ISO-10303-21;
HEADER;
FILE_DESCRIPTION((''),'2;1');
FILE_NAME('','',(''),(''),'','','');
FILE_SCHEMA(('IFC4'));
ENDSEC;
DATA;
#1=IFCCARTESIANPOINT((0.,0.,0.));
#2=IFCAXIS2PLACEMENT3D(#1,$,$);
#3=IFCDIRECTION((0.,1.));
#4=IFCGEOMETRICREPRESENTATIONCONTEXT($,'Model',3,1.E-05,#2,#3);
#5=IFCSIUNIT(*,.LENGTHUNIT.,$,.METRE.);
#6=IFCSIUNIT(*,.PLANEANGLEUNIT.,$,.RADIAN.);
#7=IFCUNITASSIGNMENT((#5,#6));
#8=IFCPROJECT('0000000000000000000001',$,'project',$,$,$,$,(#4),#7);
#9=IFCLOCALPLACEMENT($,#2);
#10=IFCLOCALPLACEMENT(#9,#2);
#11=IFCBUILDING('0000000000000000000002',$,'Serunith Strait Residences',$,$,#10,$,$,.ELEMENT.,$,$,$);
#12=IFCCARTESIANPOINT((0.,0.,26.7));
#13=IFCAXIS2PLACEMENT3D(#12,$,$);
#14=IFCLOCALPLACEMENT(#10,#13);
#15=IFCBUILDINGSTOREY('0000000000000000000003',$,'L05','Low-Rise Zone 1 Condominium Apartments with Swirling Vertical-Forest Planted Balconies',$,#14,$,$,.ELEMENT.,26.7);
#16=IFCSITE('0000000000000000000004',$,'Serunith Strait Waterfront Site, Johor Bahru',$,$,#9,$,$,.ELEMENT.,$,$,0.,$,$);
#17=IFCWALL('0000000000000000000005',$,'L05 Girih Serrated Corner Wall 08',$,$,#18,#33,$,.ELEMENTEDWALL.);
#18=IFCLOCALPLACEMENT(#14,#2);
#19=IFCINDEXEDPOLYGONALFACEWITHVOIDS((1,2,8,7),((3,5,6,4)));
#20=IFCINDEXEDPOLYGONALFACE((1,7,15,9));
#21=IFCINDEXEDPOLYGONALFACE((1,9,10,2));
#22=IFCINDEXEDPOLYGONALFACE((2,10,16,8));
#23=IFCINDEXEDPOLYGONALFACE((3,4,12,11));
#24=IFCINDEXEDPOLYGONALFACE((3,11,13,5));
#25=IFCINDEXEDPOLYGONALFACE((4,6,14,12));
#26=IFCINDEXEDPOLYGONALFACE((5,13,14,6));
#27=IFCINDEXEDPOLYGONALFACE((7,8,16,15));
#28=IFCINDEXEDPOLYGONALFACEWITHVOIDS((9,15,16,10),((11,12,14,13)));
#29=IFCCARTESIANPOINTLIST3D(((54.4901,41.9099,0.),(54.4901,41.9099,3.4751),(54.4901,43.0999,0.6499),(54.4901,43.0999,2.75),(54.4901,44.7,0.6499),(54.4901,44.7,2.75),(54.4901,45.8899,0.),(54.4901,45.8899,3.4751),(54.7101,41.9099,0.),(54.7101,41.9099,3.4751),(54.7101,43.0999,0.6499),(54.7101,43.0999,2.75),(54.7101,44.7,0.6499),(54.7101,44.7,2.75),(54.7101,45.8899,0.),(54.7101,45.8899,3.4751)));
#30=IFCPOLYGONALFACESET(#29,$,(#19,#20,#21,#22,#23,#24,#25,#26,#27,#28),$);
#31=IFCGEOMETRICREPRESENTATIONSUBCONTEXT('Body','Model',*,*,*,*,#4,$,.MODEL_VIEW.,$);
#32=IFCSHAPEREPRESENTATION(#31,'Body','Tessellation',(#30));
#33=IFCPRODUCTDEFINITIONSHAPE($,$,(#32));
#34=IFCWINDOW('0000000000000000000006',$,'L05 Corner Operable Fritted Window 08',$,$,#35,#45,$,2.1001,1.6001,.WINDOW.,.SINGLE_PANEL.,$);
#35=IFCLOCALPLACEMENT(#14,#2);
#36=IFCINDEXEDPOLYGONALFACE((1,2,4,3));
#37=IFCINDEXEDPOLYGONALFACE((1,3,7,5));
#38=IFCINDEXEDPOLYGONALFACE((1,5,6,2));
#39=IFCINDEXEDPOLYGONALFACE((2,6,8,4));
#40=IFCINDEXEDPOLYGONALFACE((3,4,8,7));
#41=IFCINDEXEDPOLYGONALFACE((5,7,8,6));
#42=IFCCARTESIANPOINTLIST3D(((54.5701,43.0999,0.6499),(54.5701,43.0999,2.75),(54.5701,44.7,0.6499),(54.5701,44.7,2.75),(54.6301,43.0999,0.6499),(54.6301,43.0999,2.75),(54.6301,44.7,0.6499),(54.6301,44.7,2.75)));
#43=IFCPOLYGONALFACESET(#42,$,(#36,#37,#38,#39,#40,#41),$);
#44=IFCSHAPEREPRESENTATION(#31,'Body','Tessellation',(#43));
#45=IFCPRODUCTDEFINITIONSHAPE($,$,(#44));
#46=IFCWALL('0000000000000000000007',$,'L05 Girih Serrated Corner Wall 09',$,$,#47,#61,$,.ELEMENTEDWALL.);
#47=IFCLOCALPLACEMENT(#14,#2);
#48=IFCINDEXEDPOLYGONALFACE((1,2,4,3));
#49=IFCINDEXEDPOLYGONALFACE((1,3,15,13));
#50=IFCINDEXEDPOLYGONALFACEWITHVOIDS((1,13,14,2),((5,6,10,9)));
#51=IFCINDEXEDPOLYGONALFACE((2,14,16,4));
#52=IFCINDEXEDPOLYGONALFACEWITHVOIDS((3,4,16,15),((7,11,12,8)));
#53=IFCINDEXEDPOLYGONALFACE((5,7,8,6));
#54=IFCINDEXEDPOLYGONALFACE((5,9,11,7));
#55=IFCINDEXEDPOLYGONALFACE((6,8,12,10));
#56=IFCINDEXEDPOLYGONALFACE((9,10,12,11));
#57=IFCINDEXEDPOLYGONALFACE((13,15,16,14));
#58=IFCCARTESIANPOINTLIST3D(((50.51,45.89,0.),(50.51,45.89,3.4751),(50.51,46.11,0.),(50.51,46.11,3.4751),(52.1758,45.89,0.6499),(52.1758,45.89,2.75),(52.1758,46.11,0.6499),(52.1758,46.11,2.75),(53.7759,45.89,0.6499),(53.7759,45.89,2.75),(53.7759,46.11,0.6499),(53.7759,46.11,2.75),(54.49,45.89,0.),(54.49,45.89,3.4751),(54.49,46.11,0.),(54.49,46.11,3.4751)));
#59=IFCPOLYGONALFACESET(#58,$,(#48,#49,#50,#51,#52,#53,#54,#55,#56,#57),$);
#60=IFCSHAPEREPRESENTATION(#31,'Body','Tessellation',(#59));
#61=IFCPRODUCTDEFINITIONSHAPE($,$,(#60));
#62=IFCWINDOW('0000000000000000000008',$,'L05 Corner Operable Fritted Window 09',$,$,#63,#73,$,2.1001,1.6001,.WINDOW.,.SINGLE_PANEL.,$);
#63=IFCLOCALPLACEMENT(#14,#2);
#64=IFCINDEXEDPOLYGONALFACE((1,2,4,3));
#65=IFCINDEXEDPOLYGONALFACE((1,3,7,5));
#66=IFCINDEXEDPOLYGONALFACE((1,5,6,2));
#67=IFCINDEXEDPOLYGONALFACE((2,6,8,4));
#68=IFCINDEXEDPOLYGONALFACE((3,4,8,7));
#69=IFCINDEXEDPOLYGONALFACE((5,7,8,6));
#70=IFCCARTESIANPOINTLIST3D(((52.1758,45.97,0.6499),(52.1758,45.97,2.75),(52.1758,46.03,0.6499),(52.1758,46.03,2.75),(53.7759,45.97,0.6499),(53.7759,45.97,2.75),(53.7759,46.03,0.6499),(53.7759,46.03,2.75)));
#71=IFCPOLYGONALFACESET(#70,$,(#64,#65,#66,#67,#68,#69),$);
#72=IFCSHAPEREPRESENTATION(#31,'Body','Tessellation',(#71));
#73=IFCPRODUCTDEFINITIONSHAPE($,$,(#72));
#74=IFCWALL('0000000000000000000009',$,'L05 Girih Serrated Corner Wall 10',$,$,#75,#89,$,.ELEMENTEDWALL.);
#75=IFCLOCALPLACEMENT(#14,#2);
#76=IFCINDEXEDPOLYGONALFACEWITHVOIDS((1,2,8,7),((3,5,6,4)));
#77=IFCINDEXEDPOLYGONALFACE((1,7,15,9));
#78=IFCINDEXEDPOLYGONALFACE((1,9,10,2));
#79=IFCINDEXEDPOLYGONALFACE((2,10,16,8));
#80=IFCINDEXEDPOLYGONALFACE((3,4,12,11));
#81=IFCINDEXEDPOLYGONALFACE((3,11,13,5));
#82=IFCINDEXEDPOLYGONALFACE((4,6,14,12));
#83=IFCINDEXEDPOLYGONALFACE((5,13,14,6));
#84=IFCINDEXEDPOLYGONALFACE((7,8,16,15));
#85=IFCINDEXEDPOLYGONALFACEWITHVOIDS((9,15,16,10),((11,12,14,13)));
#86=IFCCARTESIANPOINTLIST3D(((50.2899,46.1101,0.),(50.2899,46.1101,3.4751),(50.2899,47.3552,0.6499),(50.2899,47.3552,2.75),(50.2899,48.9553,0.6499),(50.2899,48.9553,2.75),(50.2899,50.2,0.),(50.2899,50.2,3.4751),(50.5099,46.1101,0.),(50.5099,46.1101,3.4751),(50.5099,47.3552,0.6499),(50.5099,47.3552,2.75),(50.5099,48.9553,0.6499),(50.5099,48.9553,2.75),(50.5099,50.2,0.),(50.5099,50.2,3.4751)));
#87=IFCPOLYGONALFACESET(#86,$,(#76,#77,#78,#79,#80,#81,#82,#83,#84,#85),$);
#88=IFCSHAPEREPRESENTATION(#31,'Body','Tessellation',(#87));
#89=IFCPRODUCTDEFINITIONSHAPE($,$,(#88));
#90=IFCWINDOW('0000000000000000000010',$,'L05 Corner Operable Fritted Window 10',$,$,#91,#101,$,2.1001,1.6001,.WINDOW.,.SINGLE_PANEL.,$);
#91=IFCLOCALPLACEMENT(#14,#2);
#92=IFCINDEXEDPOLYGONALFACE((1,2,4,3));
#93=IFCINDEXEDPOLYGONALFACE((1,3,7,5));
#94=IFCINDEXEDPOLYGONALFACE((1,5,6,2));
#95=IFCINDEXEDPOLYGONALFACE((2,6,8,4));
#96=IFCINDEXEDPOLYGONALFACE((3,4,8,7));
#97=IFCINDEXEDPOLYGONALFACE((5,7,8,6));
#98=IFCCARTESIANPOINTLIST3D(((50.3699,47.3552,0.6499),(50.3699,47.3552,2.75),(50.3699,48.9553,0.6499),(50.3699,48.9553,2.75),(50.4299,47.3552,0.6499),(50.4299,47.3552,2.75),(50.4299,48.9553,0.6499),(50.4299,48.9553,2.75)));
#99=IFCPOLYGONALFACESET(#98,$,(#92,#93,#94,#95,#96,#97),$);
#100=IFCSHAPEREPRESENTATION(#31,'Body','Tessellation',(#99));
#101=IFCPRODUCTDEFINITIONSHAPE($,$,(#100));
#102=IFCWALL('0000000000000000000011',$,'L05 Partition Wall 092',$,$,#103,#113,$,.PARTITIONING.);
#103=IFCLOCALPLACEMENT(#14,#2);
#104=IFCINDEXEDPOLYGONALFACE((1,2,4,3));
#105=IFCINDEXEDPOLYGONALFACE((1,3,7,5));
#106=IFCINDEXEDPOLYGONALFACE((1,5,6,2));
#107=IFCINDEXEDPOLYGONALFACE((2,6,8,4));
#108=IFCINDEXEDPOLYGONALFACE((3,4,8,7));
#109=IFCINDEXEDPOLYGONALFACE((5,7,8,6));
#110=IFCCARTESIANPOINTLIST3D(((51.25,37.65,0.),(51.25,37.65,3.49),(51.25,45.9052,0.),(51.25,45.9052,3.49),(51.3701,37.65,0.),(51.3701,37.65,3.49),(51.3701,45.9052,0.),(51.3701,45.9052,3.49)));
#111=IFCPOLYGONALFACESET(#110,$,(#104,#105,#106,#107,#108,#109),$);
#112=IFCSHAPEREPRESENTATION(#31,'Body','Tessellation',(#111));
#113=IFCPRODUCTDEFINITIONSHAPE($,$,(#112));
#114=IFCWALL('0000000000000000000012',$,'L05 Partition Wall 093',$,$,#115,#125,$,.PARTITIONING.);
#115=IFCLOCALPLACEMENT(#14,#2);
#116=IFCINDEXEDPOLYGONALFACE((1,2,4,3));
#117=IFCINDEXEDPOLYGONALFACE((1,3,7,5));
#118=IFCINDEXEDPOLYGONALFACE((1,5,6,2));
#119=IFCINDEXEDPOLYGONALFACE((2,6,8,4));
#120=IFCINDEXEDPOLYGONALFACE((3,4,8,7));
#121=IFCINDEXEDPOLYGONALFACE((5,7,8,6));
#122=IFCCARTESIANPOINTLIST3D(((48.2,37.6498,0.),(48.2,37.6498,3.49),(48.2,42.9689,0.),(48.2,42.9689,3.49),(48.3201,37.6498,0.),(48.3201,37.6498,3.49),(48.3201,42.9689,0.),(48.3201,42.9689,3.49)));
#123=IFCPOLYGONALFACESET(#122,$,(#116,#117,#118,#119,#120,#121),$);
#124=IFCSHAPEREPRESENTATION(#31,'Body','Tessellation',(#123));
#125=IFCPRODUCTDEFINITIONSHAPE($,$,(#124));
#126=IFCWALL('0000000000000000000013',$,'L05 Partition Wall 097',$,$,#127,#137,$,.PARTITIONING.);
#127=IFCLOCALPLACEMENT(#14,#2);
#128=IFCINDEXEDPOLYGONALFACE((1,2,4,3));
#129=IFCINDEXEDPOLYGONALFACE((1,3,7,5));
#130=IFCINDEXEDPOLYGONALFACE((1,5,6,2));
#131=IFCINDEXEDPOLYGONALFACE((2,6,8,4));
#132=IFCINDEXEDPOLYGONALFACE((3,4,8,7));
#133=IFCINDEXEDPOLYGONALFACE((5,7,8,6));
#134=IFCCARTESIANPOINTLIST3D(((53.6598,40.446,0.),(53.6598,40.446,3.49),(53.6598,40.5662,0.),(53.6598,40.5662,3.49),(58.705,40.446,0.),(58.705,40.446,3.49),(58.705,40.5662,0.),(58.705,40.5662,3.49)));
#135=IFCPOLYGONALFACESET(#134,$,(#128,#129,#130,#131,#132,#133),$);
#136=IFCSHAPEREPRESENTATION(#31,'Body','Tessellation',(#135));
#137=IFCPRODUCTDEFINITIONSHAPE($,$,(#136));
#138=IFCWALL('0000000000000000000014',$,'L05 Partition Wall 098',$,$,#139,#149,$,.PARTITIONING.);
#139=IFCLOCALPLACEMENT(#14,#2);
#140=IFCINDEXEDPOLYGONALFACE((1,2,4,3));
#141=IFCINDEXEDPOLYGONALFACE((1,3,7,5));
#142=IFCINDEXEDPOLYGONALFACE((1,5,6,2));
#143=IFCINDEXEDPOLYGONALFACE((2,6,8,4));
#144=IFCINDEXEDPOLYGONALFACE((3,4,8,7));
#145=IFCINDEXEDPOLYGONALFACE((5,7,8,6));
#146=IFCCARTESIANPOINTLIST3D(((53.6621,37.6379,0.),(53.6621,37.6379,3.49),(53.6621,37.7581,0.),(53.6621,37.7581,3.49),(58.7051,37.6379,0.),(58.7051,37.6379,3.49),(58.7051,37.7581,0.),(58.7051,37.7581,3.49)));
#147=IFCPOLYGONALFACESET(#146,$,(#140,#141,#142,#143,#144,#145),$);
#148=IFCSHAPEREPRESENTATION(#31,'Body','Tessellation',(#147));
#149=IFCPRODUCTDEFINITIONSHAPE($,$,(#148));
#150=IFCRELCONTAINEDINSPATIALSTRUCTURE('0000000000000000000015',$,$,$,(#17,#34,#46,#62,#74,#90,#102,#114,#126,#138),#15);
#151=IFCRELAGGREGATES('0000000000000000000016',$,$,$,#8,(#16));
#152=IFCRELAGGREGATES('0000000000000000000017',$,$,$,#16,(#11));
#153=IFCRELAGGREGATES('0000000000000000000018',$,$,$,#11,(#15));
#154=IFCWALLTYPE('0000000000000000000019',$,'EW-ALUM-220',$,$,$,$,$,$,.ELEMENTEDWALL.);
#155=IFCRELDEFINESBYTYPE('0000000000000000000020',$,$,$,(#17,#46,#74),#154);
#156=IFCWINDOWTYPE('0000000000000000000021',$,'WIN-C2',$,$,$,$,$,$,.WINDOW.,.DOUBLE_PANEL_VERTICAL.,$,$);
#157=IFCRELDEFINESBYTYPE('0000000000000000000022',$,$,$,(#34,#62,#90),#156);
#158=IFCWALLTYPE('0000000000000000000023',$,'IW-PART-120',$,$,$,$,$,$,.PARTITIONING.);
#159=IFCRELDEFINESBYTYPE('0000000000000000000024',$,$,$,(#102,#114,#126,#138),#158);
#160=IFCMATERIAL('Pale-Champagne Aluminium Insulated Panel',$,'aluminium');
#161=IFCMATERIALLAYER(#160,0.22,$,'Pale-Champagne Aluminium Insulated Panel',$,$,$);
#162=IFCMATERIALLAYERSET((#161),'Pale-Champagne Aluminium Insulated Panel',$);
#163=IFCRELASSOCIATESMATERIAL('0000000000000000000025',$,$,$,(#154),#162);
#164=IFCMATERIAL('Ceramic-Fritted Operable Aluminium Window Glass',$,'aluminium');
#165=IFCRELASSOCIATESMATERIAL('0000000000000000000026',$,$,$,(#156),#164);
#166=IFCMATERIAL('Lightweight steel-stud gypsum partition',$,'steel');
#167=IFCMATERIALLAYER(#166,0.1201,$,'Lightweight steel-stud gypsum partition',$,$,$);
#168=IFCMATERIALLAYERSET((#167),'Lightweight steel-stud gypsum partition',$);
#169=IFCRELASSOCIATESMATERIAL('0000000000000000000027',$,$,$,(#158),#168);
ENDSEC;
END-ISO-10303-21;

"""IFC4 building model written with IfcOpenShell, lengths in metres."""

from ifc_helpers import new_model, si_unit, direction, frame, frame_2d, origin, place, context, subcontext, project, spatial, rectangle, extrude, source, transform, mapped, material, layer, layer_set, type_object, element, fill, save


model = new_model("IFC4")

# Units and contexts
model_context = context("Model", 3, precision=1e-05, world=origin(), true_north=direction((0.0, 1.0)))
body_context = subcontext(model_context, "Body", "Model", "MODEL_VIEW")
ifc_project = project(units=[si_unit("LENGTHUNIT", "METRE"), si_unit("PLANEANGLEUNIT", "RADIAN")], contexts=[model_context])

# Site, building, storey
site_placement = place(None, origin())
site = spatial("IfcSite", under=ifc_project, at=site_placement, Name="Serunith Strait Waterfront Site, Johor Bahru", CompositionType="ELEMENT", RefElevation=0.0)
building_placement = place(site_placement, origin())
building = spatial("IfcBuilding", under=site, at=building_placement, Name="Serunith Strait Residences", CompositionType="ELEMENT")
storey_placement = place(building_placement, frame((0.0, 0.0, 26.7)))
storey = spatial("IfcBuildingStorey", under=building, at=storey_placement, Name="L05", Description="Low-Rise Zone 1 Condominium Apartments with Swirling Vertical-Forest Planted Balconies", CompositionType="ELEMENT", Elevation=26.7)

# Walls, openings, windows
ifc_material_1 = material(Name="Pale-Champagne Aluminium Insulated Panel", Category="aluminium")
ifc_layer_1 = layer(ifc_material_1, 0.22, Name="Pale-Champagne Aluminium Insulated Panel")
ifc_layer_set_1 = layer_set([ifc_layer_1], Name="Pale-Champagne Aluminium Insulated Panel")
wall_type_1 = type_object("IfcWallType", Name="EW-ALUM-220", PredefinedType="ELEMENTEDWALL", material=ifc_layer_set_1)
ifc_material_2 = material(Name="Ceramic-Fritted Operable Aluminium Window Glass", Category="aluminium")
window_type = type_object("IfcWindowType", Name="WIN-C2", PartitioningType="DOUBLE_PANEL_VERTICAL", PredefinedType="WINDOW", material=ifc_material_2)
shared_shape_1 = source(origin(), body_context, "Body", "SweptSolid", [
    extrude(rectangle(XDim=1.6001, YDim=2.1001, at=frame_2d((0.8, 1.05))), frame((0.0, 0.03, 0.0), z_axis=(0.0, -1.0, 0.0), x_axis=(1.0, 0.0, 0.0)), (0.0, 0.0, 1.0), 0.0601),
])
wall_1_placement = place(storey_placement, frame((54.6001, 41.9099, 0.0), z_axis=(0.0, 0.0, 1.0), x_axis=(0.0, 1.0, 0.0)))
wall_1 = element("IfcWall", 1, at=wall_1_placement, inside=storey, type_object=wall_type_1, Name="L05 Girih Serrated Corner Wall 08", PredefinedType="ELEMENTEDWALL", context=body_context, shape_type="SweptSolid", body=[
    extrude(rectangle(XDim=3.98, YDim=0.22, at=frame_2d((1.99, 0.0))), origin(), (0.0, 0.0, 1.0), 3.4751),
])
opening_1_placement = place(wall_1_placement, frame((1.1899, 0.0, 0.6499)))
opening_1 = element("IfcOpeningElement", 2, at=opening_1_placement, cuts=wall_1, PredefinedType="OPENING", context=body_context, shape_type="SweptSolid", body=[
    extrude(rectangle(XDim=1.6001, YDim=2.1001, at=frame_2d((0.8, 1.05))), frame((0.0, 0.1201, 0.0), z_axis=(0.0, -1.0, 0.0), x_axis=(1.0, 0.0, 0.0)), (0.0, 0.0, 1.0), 0.24),
])
window_1_placement = place(opening_1_placement, origin())
window_1 = element("IfcWindow", 3, at=window_1_placement, inside=storey, type_object=window_type, Name="L05 Corner Operable Fritted Window 08", OverallHeight=2.1001, OverallWidth=1.6001, PartitioningType="SINGLE_PANEL", PredefinedType="WINDOW", context=body_context, shape_type="MappedRepresentation", body=[
    mapped(shared_shape_1, transform((0.0, 0.0, 0.0), scale=1.0)),
])
fill(opening_1, window_1)
wall_2_placement = place(storey_placement, frame((54.49, 46.0, 0.0), z_axis=(0.0, 0.0, 1.0), x_axis=(-1.0, 0.0, 0.0)))
wall_2 = element("IfcWall", 4, at=wall_2_placement, inside=storey, type_object=wall_type_1, Name="L05 Girih Serrated Corner Wall 09", PredefinedType="ELEMENTEDWALL", context=body_context, shape_type="SweptSolid", body=[
    extrude(rectangle(XDim=3.98, YDim=0.22, at=frame_2d((1.99, 0.0))), origin(), (0.0, 0.0, 1.0), 3.4751),
])
opening_2_placement = place(wall_2_placement, frame((0.7141, 0.0, 0.6499)))
opening_2 = element("IfcOpeningElement", 5, at=opening_2_placement, cuts=wall_2, PredefinedType="OPENING", context=body_context, shape_type="SweptSolid", body=[
    extrude(rectangle(XDim=1.6001, YDim=2.1001, at=frame_2d((0.8, 1.05))), frame((0.0, 0.1201, 0.0), z_axis=(0.0, -1.0, 0.0), x_axis=(1.0, 0.0, 0.0)), (0.0, 0.0, 1.0), 0.24),
])
window_2_placement = place(opening_2_placement, origin())
window_2 = element("IfcWindow", 6, at=window_2_placement, inside=storey, type_object=window_type, Name="L05 Corner Operable Fritted Window 09", OverallHeight=2.1001, OverallWidth=1.6001, PartitioningType="SINGLE_PANEL", PredefinedType="WINDOW", context=body_context, shape_type="MappedRepresentation", body=[
    mapped(shared_shape_1, transform((0.0, 0.0, 0.0), scale=1.0)),
])
fill(opening_2, window_2)
wall_3_placement = place(storey_placement, frame((50.3999, 46.1101, 0.0), z_axis=(0.0, 0.0, 1.0), x_axis=(0.0, 1.0, 0.0)))
wall_3 = element("IfcWall", 7, at=wall_3_placement, inside=storey, type_object=wall_type_1, Name="L05 Girih Serrated Corner Wall 10", PredefinedType="ELEMENTEDWALL", context=body_context, shape_type="SweptSolid", body=[
    extrude(rectangle(XDim=4.0898, YDim=0.22, at=frame_2d((2.0449, 0.0))), origin(), (0.0, 0.0, 1.0), 3.4751),
])
opening_3_placement = place(wall_3_placement, frame((1.2451, 0.0, 0.6499)))
opening_3 = element("IfcOpeningElement", 8, at=opening_3_placement, cuts=wall_3, PredefinedType="OPENING", context=body_context, shape_type="SweptSolid", body=[
    extrude(rectangle(XDim=1.6001, YDim=2.1001, at=frame_2d((0.8, 1.05))), frame((0.0, 0.1201, 0.0), z_axis=(0.0, -1.0, 0.0), x_axis=(1.0, 0.0, 0.0)), (0.0, 0.0, 1.0), 0.24),
])
window_3_placement = place(opening_3_placement, origin())
window_3 = element("IfcWindow", 9, at=window_3_placement, inside=storey, type_object=window_type, Name="L05 Corner Operable Fritted Window 10", OverallHeight=2.1001, OverallWidth=1.6001, PartitioningType="SINGLE_PANEL", PredefinedType="WINDOW", context=body_context, shape_type="MappedRepresentation", body=[
    mapped(shared_shape_1, transform((0.0, 0.0, 0.0), scale=1.0)),
])
fill(opening_3, window_3)

# Walls
ifc_material_3 = material(Name="Lightweight steel-stud gypsum partition", Category="steel")
ifc_layer_2 = layer(ifc_material_3, 0.1201, Name="Lightweight steel-stud gypsum partition")
ifc_layer_set_2 = layer_set([ifc_layer_2], Name="Lightweight steel-stud gypsum partition")
wall_type_2 = type_object("IfcWallType", Name="IW-PART-120", PredefinedType="PARTITIONING", material=ifc_layer_set_2)
wall_4_placement = place(storey_placement, frame((51.3101, 45.905, 0.0), z_axis=(0.0, 0.0, 1.0), x_axis=(0.0, -1.0, 0.0)))
element("IfcWall", 10, at=wall_4_placement, inside=storey, type_object=wall_type_2, Name="L05 Partition Wall 092", PredefinedType="PARTITIONING", context=body_context, shape_type="SweptSolid", body=[
    extrude(rectangle(XDim=8.2551, YDim=0.1201, at=frame_2d((4.1274, 0.0))), origin(), (0.0, 0.0, 1.0), 3.49),
])
wall_5_placement = place(storey_placement, frame((48.26, 42.969, 0.0), z_axis=(0.0, 0.0, 1.0), x_axis=(0.0, -1.0, 0.0)))
element("IfcWall", 11, at=wall_5_placement, inside=storey, type_object=wall_type_2, Name="L05 Partition Wall 093", PredefinedType="PARTITIONING", context=body_context, shape_type="SweptSolid", body=[
    extrude(rectangle(XDim=5.3191, YDim=0.1201, at=frame_2d((2.6597, 0.0))), origin(), (0.0, 0.0, 1.0), 3.49),
])
wall_6_placement = place(storey_placement, frame((53.6599, 40.5061, 0.0), z_axis=(0.0, 0.0, 1.0), x_axis=(1.0, 0.0, 0.0)))
element("IfcWall", 12, at=wall_6_placement, inside=storey, type_object=wall_type_2, Name="L05 Partition Wall 097", PredefinedType="PARTITIONING", context=body_context, shape_type="SweptSolid", body=[
    extrude(rectangle(XDim=5.0452, YDim=0.1201, at=frame_2d((2.5225, 0.0))), origin(), (0.0, 0.0, 1.0), 3.49),
])
wall_7_placement = place(storey_placement, frame((53.6621, 37.698, 0.0), z_axis=(0.0, 0.0, 1.0), x_axis=(1.0, 0.0, 0.0)))
element("IfcWall", 13, at=wall_7_placement, inside=storey, type_object=wall_type_2, Name="L05 Partition Wall 098", PredefinedType="PARTITIONING", context=body_context, shape_type="SweptSolid", body=[
    extrude(rectangle(XDim=5.043, YDim=0.1201, at=frame_2d((2.5215, 0.0))), origin(), (0.0, 0.0, 1.0), 3.49),
])

save(model, "model.ifc")
